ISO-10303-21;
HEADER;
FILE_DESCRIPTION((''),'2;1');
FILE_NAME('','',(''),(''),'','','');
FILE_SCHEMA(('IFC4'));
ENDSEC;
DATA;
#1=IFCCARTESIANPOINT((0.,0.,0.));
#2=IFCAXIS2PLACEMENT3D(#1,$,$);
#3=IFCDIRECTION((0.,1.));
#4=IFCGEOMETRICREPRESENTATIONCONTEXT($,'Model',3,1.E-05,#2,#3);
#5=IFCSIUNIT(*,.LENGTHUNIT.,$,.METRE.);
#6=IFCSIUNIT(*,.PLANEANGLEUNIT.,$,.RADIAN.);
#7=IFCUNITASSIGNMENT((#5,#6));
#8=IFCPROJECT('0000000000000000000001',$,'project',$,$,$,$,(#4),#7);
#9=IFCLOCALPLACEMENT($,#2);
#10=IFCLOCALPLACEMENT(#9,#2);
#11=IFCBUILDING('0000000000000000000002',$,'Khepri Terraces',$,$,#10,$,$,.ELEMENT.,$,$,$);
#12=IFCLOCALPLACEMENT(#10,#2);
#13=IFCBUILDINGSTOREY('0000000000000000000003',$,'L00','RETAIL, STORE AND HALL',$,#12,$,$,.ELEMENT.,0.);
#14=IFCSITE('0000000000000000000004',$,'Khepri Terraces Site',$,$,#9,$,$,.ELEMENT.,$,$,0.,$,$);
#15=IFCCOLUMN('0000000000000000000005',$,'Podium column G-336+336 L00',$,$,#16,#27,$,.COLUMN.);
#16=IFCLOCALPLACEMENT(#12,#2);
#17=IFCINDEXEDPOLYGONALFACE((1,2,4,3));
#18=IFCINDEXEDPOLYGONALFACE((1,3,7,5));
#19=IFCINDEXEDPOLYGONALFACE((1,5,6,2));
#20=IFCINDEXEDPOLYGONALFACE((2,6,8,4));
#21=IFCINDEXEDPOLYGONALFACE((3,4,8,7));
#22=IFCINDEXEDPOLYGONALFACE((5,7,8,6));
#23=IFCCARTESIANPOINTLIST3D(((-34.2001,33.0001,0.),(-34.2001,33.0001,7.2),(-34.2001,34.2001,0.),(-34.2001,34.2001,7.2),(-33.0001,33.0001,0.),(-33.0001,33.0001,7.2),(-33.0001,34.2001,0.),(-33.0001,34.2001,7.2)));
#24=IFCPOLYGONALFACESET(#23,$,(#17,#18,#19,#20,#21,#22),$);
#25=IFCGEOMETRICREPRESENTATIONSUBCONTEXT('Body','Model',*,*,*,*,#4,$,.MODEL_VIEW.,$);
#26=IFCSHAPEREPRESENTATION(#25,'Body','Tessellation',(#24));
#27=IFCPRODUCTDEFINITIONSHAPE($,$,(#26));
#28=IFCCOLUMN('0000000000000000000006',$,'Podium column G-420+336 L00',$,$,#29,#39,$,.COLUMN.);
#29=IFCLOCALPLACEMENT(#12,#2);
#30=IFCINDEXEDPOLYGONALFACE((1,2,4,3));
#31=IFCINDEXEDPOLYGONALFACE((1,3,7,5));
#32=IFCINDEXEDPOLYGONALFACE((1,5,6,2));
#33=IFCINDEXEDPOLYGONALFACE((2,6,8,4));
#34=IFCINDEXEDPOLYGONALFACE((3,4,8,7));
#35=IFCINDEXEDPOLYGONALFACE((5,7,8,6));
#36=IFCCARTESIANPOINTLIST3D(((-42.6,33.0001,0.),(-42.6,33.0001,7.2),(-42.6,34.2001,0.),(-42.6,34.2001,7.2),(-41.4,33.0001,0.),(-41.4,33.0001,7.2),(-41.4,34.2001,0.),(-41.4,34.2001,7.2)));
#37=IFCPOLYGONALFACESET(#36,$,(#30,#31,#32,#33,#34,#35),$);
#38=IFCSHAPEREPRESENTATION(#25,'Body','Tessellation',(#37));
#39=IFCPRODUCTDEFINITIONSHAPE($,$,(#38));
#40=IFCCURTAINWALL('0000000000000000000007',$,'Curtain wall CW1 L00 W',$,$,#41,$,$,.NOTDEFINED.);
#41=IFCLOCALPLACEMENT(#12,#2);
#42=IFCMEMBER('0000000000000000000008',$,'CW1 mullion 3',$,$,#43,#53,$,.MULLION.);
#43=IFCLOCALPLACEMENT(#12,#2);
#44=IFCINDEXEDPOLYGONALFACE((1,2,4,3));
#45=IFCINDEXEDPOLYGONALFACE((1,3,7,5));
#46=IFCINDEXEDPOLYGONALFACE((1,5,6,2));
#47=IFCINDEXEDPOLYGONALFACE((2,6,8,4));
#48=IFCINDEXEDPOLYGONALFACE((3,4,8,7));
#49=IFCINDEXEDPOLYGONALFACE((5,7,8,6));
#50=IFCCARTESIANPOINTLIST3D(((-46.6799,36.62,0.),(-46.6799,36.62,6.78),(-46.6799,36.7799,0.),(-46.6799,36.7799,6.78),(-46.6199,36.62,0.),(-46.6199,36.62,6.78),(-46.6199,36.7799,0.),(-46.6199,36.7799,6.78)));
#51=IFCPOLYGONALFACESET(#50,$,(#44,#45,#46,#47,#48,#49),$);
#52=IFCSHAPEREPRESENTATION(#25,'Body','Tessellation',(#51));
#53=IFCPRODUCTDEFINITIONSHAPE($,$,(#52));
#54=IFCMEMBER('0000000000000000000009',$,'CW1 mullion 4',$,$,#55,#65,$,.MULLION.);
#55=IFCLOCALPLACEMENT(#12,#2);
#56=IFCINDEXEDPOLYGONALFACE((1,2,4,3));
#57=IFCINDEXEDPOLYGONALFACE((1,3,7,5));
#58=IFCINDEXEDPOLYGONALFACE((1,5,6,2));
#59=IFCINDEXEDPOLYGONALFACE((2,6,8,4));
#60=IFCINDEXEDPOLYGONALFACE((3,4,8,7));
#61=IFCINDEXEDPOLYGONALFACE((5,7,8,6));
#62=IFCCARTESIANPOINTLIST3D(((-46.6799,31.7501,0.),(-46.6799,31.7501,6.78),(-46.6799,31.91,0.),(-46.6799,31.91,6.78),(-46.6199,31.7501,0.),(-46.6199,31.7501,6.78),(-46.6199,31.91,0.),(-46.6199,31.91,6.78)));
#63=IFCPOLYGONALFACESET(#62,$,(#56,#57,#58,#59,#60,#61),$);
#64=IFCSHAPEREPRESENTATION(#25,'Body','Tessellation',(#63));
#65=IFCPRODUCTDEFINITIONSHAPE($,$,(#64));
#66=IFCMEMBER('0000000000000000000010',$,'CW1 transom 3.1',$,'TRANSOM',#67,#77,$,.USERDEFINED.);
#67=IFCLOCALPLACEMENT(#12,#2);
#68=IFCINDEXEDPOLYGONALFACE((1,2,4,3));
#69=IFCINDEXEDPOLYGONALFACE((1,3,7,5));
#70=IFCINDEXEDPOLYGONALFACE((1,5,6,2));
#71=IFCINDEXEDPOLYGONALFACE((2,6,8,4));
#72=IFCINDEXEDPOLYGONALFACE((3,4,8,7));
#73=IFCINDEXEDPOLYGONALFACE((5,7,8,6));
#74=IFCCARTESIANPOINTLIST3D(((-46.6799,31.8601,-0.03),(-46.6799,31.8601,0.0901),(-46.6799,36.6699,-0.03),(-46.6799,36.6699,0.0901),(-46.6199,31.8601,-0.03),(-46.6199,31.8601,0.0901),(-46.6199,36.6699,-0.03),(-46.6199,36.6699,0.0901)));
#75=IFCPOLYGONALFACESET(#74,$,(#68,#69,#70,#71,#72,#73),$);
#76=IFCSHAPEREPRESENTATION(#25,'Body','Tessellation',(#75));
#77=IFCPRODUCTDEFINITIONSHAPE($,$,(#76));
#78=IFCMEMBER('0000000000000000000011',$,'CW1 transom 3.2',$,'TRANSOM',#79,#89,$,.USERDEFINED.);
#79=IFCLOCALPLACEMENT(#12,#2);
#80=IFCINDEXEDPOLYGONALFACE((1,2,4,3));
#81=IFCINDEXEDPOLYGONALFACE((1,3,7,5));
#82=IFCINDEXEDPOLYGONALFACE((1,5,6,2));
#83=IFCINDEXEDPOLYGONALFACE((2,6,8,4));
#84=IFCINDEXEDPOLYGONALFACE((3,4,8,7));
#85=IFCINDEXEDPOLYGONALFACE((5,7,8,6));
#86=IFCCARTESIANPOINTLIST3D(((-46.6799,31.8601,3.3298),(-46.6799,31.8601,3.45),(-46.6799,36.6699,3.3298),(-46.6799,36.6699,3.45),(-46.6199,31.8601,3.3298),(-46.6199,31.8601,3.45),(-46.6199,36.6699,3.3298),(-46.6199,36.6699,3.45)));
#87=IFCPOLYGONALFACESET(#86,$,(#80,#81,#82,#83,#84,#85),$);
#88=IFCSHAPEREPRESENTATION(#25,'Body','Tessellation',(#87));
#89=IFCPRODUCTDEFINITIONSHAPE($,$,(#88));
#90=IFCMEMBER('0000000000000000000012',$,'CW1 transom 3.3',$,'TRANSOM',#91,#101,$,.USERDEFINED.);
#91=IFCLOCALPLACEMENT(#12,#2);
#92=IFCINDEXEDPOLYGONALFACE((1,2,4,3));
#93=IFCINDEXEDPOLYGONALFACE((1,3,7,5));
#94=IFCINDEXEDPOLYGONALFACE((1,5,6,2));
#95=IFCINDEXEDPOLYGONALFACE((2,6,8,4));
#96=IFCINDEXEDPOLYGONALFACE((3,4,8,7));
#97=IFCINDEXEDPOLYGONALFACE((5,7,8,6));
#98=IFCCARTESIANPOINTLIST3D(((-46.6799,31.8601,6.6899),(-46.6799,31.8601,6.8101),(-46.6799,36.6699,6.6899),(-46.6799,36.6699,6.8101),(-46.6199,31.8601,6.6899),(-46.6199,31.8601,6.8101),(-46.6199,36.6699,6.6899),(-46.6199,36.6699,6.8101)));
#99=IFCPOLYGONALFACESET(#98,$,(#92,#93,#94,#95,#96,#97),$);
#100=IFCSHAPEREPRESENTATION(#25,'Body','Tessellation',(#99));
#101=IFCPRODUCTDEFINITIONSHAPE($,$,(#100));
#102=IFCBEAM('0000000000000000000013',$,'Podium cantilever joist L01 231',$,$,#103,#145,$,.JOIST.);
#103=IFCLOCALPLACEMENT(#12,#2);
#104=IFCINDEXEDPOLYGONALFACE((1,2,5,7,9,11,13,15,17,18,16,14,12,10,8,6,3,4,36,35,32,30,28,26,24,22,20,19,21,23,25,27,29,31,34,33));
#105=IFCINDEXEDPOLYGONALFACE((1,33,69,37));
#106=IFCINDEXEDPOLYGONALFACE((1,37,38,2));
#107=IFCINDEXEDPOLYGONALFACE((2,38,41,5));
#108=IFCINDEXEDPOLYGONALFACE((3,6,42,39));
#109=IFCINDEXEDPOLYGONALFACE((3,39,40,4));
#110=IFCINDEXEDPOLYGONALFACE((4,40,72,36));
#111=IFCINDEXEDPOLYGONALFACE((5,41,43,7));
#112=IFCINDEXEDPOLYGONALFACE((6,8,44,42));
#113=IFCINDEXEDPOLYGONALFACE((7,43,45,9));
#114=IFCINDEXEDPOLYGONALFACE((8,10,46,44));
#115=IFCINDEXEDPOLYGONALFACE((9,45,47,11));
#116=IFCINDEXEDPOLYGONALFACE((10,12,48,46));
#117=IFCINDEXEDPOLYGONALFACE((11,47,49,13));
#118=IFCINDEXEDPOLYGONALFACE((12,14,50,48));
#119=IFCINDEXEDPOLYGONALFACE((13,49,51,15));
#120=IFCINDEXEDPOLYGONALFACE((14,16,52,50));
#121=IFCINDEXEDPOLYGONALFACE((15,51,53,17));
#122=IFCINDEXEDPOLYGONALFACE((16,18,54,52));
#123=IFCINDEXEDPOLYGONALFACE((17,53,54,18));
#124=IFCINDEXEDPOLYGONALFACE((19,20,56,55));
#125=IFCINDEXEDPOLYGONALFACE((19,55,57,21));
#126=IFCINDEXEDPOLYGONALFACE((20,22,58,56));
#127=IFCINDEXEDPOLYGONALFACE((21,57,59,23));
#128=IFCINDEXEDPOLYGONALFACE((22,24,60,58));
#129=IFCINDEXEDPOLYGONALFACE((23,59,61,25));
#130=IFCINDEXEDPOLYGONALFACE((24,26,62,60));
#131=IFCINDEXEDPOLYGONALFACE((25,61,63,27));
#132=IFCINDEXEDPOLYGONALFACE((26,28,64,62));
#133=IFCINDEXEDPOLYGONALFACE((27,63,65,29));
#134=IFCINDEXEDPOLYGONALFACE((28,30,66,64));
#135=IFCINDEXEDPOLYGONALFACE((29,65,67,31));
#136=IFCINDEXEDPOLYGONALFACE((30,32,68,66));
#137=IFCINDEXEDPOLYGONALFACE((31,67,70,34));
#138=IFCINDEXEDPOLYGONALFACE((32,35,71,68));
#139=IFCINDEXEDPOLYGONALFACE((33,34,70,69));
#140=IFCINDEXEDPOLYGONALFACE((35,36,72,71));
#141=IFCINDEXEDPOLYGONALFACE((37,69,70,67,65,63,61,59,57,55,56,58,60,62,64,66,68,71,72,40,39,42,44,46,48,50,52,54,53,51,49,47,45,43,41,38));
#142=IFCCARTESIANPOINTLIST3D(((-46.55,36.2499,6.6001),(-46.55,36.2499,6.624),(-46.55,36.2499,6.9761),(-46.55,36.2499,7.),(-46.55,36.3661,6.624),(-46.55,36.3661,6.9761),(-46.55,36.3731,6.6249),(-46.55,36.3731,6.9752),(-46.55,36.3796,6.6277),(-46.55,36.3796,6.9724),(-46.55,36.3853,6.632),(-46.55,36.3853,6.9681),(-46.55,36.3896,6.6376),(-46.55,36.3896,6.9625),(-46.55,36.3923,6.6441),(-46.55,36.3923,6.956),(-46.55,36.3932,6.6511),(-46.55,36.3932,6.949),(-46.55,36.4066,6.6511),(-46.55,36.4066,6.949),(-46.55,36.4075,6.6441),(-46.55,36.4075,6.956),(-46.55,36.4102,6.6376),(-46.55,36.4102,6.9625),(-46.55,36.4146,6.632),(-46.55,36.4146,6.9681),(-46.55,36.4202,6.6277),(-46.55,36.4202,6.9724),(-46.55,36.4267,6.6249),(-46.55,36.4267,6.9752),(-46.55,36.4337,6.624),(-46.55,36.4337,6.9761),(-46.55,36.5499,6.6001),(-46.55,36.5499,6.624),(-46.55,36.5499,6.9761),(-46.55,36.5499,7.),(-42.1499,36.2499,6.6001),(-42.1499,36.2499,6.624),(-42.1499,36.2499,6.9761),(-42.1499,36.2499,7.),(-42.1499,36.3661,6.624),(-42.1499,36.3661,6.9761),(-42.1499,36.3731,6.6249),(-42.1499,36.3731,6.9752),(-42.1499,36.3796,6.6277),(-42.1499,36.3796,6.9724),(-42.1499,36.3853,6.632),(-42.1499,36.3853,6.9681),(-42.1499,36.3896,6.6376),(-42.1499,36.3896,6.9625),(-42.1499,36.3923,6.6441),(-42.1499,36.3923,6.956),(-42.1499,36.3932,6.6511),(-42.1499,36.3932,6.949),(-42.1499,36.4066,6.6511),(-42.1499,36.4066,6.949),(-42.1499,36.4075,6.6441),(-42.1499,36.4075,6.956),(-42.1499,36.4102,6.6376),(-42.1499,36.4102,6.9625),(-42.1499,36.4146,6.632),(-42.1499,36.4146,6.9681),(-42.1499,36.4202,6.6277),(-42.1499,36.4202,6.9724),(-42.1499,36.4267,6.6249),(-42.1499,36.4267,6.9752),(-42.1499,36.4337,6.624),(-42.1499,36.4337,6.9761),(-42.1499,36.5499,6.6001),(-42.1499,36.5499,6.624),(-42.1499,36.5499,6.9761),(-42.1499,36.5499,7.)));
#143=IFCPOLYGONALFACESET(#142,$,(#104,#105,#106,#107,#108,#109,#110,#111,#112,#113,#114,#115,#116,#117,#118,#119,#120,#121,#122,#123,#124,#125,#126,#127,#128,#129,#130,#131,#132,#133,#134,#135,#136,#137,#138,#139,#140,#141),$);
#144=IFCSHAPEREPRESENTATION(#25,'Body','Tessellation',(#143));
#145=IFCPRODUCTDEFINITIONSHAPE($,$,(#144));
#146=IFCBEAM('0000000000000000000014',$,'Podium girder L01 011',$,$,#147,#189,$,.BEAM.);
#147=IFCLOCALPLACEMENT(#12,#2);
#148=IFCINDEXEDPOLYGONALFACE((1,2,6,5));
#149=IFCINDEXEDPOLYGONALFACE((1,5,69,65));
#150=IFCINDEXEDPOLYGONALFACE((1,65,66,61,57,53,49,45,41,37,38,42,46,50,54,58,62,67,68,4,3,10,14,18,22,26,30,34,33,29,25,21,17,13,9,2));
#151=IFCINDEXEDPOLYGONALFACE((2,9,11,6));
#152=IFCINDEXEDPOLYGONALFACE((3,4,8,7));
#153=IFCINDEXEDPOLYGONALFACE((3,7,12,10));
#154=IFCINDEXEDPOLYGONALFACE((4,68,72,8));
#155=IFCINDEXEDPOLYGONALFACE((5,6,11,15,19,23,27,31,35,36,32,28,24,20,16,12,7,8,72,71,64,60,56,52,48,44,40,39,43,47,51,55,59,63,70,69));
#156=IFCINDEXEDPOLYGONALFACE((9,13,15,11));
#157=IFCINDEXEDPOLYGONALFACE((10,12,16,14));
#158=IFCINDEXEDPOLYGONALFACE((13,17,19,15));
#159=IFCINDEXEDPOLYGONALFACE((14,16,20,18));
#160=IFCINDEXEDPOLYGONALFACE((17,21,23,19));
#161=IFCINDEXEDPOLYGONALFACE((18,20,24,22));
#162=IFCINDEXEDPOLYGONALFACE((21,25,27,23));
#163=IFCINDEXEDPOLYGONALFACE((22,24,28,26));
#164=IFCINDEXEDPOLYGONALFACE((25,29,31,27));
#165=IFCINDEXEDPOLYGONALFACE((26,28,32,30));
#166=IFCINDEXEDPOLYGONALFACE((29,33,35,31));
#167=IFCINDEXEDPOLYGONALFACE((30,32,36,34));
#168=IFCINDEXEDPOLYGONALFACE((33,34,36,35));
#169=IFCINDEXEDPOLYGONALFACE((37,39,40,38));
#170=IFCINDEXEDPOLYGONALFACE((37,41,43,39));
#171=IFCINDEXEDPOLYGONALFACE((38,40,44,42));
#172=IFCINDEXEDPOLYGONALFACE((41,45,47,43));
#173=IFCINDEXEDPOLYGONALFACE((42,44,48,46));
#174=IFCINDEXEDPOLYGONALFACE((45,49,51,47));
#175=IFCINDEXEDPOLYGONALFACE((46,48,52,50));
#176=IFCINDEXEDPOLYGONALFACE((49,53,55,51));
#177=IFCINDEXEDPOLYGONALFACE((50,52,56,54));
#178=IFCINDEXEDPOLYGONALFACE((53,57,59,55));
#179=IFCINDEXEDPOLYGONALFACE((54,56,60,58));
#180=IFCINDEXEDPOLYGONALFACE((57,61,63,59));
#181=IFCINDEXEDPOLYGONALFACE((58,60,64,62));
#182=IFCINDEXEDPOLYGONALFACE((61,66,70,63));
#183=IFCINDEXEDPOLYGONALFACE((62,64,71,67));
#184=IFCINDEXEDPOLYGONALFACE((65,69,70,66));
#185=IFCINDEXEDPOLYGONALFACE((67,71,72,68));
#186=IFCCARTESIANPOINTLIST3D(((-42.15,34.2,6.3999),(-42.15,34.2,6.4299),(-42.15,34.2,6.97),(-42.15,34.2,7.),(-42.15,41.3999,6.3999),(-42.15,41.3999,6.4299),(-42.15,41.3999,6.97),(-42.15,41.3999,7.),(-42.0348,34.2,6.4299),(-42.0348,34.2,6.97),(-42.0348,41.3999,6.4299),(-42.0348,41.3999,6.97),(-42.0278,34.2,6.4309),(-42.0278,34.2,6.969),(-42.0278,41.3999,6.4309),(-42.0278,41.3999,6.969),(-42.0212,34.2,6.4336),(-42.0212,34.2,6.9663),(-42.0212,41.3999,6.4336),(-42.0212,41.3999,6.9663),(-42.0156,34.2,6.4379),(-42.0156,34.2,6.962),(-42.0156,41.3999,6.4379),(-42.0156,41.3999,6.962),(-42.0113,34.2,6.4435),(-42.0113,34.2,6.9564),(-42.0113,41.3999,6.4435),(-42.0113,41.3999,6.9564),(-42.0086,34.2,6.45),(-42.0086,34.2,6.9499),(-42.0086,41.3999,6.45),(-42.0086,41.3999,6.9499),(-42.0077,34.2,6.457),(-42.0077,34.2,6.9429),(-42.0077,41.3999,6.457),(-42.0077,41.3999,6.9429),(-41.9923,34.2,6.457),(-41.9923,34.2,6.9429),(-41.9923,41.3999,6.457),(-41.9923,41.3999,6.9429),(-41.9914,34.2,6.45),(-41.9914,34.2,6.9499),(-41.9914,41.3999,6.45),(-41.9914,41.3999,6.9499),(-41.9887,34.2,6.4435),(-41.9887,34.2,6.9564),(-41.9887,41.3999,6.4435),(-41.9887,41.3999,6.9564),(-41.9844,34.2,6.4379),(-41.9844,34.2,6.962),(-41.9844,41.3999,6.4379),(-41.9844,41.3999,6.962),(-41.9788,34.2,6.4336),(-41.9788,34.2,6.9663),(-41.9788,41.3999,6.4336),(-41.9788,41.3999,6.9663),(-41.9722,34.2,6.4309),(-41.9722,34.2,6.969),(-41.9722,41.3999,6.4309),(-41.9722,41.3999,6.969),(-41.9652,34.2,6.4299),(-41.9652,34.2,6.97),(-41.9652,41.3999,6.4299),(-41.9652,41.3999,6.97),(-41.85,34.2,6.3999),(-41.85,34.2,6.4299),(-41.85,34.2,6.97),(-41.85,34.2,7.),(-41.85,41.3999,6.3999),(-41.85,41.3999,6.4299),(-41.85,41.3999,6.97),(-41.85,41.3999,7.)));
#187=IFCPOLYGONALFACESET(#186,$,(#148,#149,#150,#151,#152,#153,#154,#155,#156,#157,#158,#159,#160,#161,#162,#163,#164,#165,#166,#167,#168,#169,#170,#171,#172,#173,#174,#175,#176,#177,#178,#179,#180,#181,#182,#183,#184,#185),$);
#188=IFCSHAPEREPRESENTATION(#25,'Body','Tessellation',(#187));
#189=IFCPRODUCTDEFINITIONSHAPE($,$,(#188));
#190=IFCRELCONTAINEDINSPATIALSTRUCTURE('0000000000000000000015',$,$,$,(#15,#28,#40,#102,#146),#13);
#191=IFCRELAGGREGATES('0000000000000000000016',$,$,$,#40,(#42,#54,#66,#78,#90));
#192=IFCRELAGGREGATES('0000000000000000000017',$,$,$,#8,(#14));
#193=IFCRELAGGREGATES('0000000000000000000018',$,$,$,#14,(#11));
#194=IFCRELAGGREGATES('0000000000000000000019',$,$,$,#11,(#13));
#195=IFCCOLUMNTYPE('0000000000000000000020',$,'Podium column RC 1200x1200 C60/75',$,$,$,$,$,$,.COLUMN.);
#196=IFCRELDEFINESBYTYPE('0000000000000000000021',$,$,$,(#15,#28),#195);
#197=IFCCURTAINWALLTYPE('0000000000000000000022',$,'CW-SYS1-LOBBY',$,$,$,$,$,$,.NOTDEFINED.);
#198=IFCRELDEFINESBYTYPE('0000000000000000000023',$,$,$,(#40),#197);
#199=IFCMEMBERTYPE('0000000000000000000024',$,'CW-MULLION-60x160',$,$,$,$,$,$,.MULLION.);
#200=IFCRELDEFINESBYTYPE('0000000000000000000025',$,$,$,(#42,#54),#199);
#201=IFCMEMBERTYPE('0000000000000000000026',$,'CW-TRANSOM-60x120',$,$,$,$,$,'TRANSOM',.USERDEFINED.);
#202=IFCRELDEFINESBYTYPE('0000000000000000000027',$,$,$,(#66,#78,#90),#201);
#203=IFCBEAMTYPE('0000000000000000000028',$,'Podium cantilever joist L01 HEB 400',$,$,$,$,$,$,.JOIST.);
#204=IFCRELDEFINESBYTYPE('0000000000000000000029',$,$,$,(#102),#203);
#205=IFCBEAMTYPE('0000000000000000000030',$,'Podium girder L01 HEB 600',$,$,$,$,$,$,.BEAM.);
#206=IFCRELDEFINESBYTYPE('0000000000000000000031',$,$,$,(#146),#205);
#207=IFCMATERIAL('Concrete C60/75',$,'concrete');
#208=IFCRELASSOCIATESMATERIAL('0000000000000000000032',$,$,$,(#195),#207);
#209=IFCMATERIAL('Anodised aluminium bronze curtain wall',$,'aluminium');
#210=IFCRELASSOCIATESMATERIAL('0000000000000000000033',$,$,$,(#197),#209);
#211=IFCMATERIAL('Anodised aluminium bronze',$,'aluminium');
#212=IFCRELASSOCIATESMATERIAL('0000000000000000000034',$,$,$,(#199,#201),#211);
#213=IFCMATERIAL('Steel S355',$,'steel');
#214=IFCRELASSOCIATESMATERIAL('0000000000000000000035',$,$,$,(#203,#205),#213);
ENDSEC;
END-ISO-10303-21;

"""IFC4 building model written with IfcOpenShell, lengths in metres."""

from ifc_helpers import new_model, si_unit, direction, frame, origin, origin_2d, place, context, subcontext, project, spatial, rectangle, i_section, extrude, material, material_profile, profile_set, type_object, element, aggregate, save


model = new_model("IFC4")

# Units and contexts
model_context = context("Model", 3, precision=1e-05, world=origin(), true_north=direction((0.0, 1.0)))
body_context = subcontext(model_context, "Body", "Model", "MODEL_VIEW")
ifc_project = project(units=[si_unit("LENGTHUNIT", "METRE"), si_unit("PLANEANGLEUNIT", "RADIAN")], contexts=[model_context])

# Site, building, storey
site_placement = place(None, origin())
site = spatial("IfcSite", under=ifc_project, at=site_placement, Name="Khepri Terraces Site", CompositionType="ELEMENT", RefElevation=0.0)
building_placement = place(site_placement, origin())
building = spatial("IfcBuilding", under=site, at=building_placement, Name="Khepri Terraces", CompositionType="ELEMENT")
storey_placement = place(building_placement, origin())
storey = spatial("IfcBuildingStorey", under=building, at=storey_placement, Name="L00", Description="RETAIL, STORE AND HALL", CompositionType="ELEMENT", Elevation=0.0)

# Columns
ifc_material_1 = material(Name="Concrete C60/75", Category="concrete")
ifc_material_profile_1 = material_profile(ifc_material_1, rectangle(XDim=1.2, YDim=1.2, at=origin_2d()), Name="Concrete C60/75", Category="concrete")
ifc_profile_set_1 = profile_set([ifc_material_profile_1], Name="Concrete C60/75")
column_type = type_object("IfcColumnType", Name="Podium column RC 1200x1200 C60/75", PredefinedType="COLUMN", material=ifc_profile_set_1)
for number, where, z_axis, x_axis, name in (
    (1, (-33.6001, 33.6001, 0.0), (0.0, 0.0, 1.0), (1.0, 0.0, 0.0), "Podium column G-336+336 L00"),
    (2, (-42.0, 33.6001, 0.0), (0.0, 0.0, 1.0), (1.0, 0.0, 0.0), "Podium column G-420+336 L00"),
):
    element("IfcColumn", number, at=place(storey_placement, frame(where, z_axis=z_axis, x_axis=x_axis)), inside=storey, type_object=column_type, Name=name, PredefinedType="COLUMN", context=body_context, shape_type="SweptSolid", body=[
        extrude(rectangle(XDim=1.2, YDim=1.2, at=origin_2d()), origin(), (0.0, 0.0, 1.0), 7.2),
    ])

# Curtain wall, members
ifc_material_2 = material(Name="Anodised aluminium bronze curtain wall", Category="aluminium")
curtain_wall_type = type_object("IfcCurtainWallType", Name="CW-SYS1-LOBBY", PredefinedType="NOTDEFINED", material=ifc_material_2)
curtain_wall_placement = place(storey_placement, origin())
curtain_wall = element("IfcCurtainWall", 3, at=curtain_wall_placement, inside=storey, type_object=curtain_wall_type, Name="Curtain wall CW1 L00 W", PredefinedType="NOTDEFINED")
ifc_material_3 = material(Name="Anodised aluminium bronze", Category="aluminium")
ifc_material_profile_2 = material_profile(ifc_material_3, rectangle(XDim=0.0601, YDim=0.1599, at=origin_2d()), Name="Anodised aluminium bronze", Category="aluminium")
ifc_profile_set_2 = profile_set([ifc_material_profile_2], Name="Anodised aluminium bronze")
member_type_1 = type_object("IfcMemberType", Name="CW-MULLION-60x160", PredefinedType="MULLION", material=ifc_profile_set_2)
member_1_placement = place(storey_placement, frame((-46.6499, 36.7, 0.0), z_axis=(0.0, 0.0, 1.0), x_axis=(1.0, 0.0, 0.0)))
member_1 = element("IfcMember", 4, at=member_1_placement, type_object=member_type_1, Name="CW1 mullion 3", PredefinedType="MULLION", context=body_context, shape_type="SweptSolid", body=[
    extrude(rectangle(XDim=0.0601, YDim=0.1599, at=origin_2d()), origin(), (0.0, 0.0, 1.0), 6.78),
])
member_2_placement = place(storey_placement, frame((-46.6499, 31.8301, 0.0), z_axis=(0.0, 0.0, 1.0), x_axis=(1.0, 0.0, 0.0)))
member_2 = element("IfcMember", 5, at=member_2_placement, type_object=member_type_1, Name="CW1 mullion 4", PredefinedType="MULLION", context=body_context, shape_type="SweptSolid", body=[
    extrude(rectangle(XDim=0.0601, YDim=0.1599, at=origin_2d()), origin(), (0.0, 0.0, 1.0), 6.78),
])
ifc_material_profile_3 = material_profile(ifc_material_3, rectangle(XDim=0.0601, YDim=0.1201, at=origin_2d()), Name="Anodised aluminium bronze", Category="aluminium")
ifc_profile_set_3 = profile_set([ifc_material_profile_3], Name="Anodised aluminium bronze")
member_type_2 = type_object("IfcMemberType", Name="CW-TRANSOM-60x120", ElementType="TRANSOM", PredefinedType="USERDEFINED", material=ifc_profile_set_3)
member_3_placement = place(storey_placement, frame((-46.6499, 36.6699, 0.03), z_axis=(0.0, -1.0, 0.0), x_axis=(1.0, 0.0, 0.0)))
member_3 = element("IfcMember", 6, at=member_3_placement, type_object=member_type_2, Name="CW1 transom 3.1", ObjectType="TRANSOM", PredefinedType="USERDEFINED", context=body_context, shape_type="SweptSolid", body=[
    extrude(rectangle(XDim=0.0601, YDim=0.1201, at=origin_2d()), origin(), (0.0, 0.0, 1.0), 4.8098),
])
member_4_placement = place(storey_placement, frame((-46.6499, 36.6699, 3.3899), z_axis=(0.0, -1.0, 0.0), x_axis=(1.0, 0.0, 0.0)))
member_4 = element("IfcMember", 7, at=member_4_placement, type_object=member_type_2, Name="CW1 transom 3.2", ObjectType="TRANSOM", PredefinedType="USERDEFINED", context=body_context, shape_type="SweptSolid", body=[
    extrude(rectangle(XDim=0.0601, YDim=0.1201, at=origin_2d()), origin(), (0.0, 0.0, 1.0), 4.8098),
])
member_5_placement = place(storey_placement, frame((-46.6499, 36.6699, 6.75), z_axis=(0.0, -1.0, 0.0), x_axis=(1.0, 0.0, 0.0)))
member_5 = element("IfcMember", 8, at=member_5_placement, type_object=member_type_2, Name="CW1 transom 3.3", ObjectType="TRANSOM", PredefinedType="USERDEFINED", context=body_context, shape_type="SweptSolid", body=[
    extrude(rectangle(XDim=0.0601, YDim=0.1201, at=origin_2d()), origin(), (0.0, 0.0, 1.0), 4.8098),
])

# Beams
ifc_material_4 = material(Name="Steel S355", Category="steel")
ifc_material_profile_4 = material_profile(ifc_material_4, i_section(OverallWidth=0.3, OverallDepth=0.3999, WebThickness=0.0134, FlangeThickness=0.0239, FilletRadius=0.0271, at=origin_2d()), Name="Steel S355", Category="steel")
ifc_profile_set_4 = profile_set([ifc_material_profile_4], Name="Steel S355")
beam_type_1 = type_object("IfcBeamType", Name="Podium cantilever joist L01 HEB 400", PredefinedType="JOIST", material=ifc_profile_set_4)
beam_1_placement = place(storey_placement, frame((-46.55, 36.3999, 6.8), z_axis=(1.0, 0.0, 0.0), x_axis=(0.0, 1.0, 0.0)))
element("IfcBeam", 9, at=beam_1_placement, inside=storey, type_object=beam_type_1, Name="Podium cantilever joist L01 231", PredefinedType="JOIST", context=body_context, shape_type="SweptSolid", body=[
    extrude(i_section(OverallWidth=0.3, OverallDepth=0.3999, WebThickness=0.0134, FlangeThickness=0.0239, FilletRadius=0.0271, at=origin_2d()), origin(), (0.0, 0.0, 1.0), 4.4001),
])
ifc_material_profile_5 = material_profile(ifc_material_4, i_section(OverallWidth=0.3, OverallDepth=0.6001, WebThickness=0.0154, FlangeThickness=0.03, FilletRadius=0.0271, at=origin_2d()), Name="Steel S355", Category="steel")
ifc_profile_set_5 = profile_set([ifc_material_profile_5], Name="Steel S355")
beam_type_2 = type_object("IfcBeamType", Name="Podium girder L01 HEB 600", PredefinedType="BEAM", material=ifc_profile_set_5)
for number, where, z_axis, x_axis, name in (
    (10, (-42.0, 34.2, 6.7), (0.0, 1.0, 0.0), (-1.0, 0.0, 0.0), "Podium girder L01 011"),
):
    element("IfcBeam", number, at=place(storey_placement, frame(where, z_axis=z_axis, x_axis=x_axis)), inside=storey, type_object=beam_type_2, Name=name, PredefinedType="BEAM", context=body_context, shape_type="SweptSolid", body=[
        extrude(i_section(OverallWidth=0.3, OverallDepth=0.6001, WebThickness=0.0154, FlangeThickness=0.03, FilletRadius=0.0271, at=origin_2d()), origin(), (0.0, 0.0, 1.0), 7.2),
    ])

aggregate(curtain_wall, [member_1, member_2, member_3, member_4, member_5])

save(model, "model.ifc")
